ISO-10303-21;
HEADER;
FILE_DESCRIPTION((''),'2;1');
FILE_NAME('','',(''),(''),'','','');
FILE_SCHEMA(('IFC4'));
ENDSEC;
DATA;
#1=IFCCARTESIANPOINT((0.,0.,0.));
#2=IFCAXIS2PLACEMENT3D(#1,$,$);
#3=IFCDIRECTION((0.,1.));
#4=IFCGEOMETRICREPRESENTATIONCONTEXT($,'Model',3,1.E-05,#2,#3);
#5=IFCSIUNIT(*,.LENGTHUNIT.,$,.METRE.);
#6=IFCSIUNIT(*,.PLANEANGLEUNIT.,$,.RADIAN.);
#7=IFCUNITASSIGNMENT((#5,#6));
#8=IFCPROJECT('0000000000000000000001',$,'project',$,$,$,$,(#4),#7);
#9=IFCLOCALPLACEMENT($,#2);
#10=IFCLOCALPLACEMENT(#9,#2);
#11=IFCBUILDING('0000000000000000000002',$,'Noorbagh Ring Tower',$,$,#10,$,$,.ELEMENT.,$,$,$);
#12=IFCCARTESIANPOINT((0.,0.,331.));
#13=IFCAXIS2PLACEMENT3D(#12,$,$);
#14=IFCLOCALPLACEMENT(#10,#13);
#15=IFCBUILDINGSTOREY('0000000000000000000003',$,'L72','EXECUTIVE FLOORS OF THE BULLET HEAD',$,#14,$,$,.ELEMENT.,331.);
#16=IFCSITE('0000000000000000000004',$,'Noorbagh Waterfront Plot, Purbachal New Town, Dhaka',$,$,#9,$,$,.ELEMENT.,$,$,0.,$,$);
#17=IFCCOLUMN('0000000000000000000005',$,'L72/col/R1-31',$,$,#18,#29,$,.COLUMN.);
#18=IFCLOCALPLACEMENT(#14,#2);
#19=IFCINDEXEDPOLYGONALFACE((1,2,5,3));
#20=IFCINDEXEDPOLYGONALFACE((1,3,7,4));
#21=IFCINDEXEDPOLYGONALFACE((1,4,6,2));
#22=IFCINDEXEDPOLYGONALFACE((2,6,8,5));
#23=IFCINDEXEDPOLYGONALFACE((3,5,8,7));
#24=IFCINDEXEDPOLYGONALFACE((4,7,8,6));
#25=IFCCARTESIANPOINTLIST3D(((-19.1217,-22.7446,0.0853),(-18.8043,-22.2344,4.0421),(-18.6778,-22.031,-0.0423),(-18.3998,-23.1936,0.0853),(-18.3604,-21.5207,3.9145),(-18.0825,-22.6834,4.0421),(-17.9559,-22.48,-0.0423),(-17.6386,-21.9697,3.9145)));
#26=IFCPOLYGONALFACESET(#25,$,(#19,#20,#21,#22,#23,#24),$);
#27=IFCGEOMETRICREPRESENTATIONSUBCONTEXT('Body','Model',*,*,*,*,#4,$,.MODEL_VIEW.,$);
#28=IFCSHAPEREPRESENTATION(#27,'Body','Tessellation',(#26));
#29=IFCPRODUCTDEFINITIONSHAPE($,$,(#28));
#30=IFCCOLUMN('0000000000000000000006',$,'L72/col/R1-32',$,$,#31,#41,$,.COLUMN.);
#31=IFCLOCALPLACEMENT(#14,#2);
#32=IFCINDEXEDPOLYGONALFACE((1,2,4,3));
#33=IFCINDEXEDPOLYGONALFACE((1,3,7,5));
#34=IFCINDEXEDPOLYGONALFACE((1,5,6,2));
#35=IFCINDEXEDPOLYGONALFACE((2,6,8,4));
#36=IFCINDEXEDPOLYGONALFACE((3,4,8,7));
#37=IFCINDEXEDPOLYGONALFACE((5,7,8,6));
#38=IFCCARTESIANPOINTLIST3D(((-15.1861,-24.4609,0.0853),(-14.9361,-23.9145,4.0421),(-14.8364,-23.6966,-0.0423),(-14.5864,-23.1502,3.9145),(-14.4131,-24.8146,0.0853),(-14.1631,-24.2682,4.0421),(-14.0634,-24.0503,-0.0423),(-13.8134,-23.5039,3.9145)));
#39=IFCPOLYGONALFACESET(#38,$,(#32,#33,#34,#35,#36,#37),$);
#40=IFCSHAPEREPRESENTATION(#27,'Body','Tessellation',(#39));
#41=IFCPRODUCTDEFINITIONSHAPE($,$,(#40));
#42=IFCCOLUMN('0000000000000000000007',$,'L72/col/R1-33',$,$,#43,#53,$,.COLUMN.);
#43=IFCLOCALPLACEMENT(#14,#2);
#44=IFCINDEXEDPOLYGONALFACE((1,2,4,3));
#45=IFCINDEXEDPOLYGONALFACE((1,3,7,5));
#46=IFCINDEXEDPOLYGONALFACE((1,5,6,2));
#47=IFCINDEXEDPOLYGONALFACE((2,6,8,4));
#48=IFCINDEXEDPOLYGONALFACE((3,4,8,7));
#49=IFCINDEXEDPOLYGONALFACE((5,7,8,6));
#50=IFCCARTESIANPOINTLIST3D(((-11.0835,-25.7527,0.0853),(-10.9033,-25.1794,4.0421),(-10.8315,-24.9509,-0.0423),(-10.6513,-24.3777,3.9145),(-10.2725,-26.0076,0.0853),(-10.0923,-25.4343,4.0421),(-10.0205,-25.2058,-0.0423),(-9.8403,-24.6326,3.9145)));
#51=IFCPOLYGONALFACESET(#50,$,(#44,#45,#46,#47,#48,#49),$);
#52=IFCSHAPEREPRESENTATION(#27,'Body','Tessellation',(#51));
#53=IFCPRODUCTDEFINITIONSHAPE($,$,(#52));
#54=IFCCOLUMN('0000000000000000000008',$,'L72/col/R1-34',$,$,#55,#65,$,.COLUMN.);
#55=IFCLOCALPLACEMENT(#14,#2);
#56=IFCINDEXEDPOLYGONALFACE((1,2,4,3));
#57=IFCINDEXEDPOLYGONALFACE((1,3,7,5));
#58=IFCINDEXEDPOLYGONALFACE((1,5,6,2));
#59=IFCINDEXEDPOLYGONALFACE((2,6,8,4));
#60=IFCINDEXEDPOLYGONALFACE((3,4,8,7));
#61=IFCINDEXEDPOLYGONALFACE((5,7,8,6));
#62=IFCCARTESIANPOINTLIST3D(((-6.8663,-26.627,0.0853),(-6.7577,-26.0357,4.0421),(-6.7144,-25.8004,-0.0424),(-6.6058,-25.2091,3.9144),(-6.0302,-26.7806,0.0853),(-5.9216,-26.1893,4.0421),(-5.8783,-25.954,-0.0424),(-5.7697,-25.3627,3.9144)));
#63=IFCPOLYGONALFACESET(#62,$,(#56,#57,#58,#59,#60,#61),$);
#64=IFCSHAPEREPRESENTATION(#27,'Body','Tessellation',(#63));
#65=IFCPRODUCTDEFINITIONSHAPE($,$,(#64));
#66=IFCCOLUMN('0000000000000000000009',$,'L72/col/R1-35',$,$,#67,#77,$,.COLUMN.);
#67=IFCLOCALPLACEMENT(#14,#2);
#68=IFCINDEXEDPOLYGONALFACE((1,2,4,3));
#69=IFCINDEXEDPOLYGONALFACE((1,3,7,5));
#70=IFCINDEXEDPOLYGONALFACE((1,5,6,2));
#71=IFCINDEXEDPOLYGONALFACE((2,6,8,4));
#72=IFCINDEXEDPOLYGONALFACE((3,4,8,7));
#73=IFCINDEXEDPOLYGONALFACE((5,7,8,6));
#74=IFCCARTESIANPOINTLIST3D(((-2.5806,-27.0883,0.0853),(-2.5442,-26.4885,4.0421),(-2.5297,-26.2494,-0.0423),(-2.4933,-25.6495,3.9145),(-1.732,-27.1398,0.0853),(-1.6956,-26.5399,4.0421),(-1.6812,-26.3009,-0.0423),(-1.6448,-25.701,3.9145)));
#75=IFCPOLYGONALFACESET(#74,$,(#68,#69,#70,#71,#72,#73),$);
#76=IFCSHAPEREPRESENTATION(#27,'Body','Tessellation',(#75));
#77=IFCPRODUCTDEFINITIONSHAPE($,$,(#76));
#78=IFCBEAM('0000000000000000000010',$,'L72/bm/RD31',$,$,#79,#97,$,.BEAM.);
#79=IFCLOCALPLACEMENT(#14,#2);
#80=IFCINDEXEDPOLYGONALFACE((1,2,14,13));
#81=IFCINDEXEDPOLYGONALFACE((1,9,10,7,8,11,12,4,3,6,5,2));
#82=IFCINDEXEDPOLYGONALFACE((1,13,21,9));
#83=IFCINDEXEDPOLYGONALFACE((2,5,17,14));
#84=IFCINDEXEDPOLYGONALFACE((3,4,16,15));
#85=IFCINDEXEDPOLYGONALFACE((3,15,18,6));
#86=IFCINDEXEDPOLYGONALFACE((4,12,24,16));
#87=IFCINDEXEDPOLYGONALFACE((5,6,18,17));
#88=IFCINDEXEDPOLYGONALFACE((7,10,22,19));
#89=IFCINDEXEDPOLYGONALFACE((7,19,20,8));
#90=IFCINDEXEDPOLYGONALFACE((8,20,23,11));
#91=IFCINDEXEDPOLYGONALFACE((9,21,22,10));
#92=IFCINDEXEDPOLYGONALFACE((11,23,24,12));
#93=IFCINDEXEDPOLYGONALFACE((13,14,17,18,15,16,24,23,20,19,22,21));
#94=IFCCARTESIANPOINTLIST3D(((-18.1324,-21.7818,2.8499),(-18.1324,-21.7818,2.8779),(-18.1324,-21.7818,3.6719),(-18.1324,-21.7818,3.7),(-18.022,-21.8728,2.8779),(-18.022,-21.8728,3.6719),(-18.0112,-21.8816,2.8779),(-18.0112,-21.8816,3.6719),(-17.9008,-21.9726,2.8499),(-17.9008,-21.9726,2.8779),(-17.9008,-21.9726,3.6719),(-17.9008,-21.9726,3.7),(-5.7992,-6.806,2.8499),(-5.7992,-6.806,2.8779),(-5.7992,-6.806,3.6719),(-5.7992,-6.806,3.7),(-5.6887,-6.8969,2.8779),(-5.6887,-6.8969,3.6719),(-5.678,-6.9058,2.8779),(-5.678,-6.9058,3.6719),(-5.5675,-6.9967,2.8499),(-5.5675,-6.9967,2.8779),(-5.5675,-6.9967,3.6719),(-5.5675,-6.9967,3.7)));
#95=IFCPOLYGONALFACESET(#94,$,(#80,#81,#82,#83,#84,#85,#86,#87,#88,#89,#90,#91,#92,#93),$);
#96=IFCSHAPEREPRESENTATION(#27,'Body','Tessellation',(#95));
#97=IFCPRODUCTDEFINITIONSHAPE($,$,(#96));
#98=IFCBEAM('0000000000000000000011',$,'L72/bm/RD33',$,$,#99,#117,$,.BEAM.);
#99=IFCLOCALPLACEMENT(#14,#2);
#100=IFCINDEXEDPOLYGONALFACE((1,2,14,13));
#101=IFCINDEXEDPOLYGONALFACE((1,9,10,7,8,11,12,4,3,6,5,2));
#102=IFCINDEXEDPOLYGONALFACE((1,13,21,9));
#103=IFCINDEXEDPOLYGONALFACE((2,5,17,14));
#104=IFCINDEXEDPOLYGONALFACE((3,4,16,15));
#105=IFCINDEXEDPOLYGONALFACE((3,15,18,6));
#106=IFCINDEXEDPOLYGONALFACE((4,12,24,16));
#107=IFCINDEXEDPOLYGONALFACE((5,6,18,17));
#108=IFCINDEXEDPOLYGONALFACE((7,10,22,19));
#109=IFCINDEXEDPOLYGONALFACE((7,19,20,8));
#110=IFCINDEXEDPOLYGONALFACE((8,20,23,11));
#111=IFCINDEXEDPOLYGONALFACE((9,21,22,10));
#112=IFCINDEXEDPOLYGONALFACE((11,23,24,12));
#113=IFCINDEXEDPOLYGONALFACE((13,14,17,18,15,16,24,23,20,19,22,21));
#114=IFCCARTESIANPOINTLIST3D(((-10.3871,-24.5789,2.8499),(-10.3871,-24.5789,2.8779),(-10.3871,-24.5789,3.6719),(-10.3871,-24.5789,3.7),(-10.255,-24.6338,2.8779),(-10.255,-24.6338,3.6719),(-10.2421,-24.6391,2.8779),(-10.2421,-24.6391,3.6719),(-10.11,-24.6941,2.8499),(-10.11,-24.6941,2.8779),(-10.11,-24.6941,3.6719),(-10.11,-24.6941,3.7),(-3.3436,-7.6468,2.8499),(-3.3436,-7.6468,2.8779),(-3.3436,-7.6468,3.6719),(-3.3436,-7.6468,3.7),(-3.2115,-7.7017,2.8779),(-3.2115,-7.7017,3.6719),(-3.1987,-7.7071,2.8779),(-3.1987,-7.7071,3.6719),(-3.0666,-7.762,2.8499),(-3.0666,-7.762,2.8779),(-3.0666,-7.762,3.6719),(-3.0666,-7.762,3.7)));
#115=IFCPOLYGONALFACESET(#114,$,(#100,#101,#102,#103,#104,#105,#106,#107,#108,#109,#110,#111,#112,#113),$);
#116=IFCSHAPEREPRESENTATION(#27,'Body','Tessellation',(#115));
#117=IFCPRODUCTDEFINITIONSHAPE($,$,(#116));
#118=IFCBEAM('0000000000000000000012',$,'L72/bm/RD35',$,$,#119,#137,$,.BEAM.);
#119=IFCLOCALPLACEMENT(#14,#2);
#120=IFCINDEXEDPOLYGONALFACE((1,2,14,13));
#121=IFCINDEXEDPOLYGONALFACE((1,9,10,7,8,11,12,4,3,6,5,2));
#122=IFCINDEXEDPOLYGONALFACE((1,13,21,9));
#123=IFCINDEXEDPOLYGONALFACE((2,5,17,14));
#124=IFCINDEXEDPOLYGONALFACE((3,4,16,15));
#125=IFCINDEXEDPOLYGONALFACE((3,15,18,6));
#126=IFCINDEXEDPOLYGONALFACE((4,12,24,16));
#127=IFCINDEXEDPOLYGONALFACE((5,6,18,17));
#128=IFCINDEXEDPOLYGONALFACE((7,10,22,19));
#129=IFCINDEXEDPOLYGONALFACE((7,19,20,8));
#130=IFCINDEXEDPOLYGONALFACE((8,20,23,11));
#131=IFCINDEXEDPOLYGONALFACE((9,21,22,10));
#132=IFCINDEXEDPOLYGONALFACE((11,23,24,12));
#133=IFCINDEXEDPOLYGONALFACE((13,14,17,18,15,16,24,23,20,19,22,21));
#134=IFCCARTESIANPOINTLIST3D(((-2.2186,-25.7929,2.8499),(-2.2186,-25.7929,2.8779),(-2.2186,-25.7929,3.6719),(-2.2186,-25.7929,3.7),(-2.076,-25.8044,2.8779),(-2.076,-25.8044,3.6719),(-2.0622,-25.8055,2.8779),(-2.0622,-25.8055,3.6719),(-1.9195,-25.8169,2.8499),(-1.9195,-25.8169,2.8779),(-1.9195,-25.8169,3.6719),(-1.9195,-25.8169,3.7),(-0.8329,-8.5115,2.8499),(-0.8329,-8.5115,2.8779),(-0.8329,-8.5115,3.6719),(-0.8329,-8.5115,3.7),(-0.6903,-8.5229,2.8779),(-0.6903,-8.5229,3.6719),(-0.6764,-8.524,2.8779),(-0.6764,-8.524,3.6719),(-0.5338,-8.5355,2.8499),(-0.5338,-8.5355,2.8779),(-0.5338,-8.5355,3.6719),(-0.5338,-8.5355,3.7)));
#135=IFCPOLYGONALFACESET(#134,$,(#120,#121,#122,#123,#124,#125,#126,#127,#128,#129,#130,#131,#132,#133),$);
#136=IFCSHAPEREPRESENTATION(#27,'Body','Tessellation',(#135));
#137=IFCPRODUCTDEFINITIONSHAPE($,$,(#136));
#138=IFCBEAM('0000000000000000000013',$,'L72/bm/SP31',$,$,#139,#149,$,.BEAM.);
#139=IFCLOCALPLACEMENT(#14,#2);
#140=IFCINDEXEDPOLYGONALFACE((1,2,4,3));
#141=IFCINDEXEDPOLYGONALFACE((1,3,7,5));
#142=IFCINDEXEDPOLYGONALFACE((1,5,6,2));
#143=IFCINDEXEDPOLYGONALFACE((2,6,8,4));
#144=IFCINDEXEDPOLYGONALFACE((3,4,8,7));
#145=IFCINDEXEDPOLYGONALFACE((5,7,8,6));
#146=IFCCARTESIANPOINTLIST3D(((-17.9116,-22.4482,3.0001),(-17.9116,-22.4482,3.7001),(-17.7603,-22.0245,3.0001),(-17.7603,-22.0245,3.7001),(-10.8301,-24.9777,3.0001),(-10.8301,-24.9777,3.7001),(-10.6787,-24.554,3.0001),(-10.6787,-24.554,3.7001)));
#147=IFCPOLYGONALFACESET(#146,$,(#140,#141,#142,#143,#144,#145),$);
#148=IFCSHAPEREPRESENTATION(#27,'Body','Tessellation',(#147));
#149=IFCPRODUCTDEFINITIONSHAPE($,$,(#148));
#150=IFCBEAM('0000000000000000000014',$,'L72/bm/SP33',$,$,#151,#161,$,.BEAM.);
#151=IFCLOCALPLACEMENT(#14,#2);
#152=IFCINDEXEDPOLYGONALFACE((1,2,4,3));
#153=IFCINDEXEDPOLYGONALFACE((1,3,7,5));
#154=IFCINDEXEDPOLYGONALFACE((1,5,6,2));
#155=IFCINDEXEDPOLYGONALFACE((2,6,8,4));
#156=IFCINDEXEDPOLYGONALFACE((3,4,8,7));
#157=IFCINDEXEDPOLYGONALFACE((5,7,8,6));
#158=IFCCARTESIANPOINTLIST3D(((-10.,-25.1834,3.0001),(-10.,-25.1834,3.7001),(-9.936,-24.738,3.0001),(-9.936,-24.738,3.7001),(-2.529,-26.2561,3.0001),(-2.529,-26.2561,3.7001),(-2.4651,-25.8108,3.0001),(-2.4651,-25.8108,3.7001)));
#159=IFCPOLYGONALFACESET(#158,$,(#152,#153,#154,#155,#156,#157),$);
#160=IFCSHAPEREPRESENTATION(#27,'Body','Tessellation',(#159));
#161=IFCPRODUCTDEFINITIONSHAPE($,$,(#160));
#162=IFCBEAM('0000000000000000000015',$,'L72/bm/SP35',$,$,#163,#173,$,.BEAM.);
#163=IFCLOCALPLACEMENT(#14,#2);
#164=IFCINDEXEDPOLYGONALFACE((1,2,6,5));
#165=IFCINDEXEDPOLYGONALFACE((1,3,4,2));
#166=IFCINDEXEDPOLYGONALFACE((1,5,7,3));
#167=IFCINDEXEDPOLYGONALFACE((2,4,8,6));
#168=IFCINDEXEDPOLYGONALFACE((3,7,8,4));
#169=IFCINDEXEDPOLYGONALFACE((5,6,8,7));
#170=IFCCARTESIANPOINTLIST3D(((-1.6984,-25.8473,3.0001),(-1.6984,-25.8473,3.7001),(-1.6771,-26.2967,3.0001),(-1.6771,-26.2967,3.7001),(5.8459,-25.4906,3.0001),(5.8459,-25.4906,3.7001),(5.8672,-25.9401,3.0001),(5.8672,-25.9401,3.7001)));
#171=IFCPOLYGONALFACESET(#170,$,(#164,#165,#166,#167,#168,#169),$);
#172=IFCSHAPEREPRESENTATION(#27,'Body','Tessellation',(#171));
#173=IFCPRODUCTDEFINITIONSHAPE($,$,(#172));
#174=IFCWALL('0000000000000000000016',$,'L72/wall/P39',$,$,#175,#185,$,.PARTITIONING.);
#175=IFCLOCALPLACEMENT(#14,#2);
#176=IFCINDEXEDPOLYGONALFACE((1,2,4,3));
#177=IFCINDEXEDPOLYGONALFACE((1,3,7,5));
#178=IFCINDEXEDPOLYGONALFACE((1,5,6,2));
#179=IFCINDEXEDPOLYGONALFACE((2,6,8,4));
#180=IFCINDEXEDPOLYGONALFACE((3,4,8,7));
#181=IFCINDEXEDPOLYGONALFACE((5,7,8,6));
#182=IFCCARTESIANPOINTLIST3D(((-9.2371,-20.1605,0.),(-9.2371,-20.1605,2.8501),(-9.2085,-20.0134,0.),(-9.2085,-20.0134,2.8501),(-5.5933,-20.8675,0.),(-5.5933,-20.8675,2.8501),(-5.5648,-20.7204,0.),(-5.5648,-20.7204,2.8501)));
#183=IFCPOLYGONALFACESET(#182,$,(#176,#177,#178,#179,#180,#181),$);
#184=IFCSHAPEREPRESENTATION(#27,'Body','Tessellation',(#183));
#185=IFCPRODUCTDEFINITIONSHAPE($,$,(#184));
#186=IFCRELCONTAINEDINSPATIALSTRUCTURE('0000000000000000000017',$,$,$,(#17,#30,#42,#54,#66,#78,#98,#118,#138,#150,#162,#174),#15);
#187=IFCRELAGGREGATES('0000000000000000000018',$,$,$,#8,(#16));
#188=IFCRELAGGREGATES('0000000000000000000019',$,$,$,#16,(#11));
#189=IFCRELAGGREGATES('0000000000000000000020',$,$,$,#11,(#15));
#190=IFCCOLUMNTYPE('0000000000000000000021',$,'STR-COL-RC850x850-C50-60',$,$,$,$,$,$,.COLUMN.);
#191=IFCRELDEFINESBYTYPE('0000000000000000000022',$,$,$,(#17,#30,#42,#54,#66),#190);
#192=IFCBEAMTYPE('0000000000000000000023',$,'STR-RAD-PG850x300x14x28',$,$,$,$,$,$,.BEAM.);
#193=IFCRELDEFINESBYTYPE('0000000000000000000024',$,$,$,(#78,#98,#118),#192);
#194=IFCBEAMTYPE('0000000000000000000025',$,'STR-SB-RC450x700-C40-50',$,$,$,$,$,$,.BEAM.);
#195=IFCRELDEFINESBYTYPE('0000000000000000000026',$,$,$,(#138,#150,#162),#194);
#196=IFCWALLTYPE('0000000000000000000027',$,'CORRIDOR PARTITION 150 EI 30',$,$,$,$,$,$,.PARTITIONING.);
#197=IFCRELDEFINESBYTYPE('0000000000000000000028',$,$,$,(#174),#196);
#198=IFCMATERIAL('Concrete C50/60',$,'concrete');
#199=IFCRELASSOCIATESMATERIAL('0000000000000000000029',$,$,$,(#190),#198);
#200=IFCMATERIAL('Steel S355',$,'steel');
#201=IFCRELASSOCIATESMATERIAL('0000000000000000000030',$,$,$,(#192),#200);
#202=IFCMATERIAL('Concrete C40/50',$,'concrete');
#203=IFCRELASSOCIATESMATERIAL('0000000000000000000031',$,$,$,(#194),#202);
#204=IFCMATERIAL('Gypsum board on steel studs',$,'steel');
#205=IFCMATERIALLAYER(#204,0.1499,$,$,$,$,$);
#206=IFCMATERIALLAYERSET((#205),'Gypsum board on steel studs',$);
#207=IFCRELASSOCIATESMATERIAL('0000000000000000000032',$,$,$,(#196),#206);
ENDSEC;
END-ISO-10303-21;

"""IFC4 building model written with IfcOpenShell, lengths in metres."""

from ifc_helpers import new_model, si_unit, direction, frame, frame_2d, origin, origin_2d, place, context, subcontext, project, spatial, rectangle, i_section, extrude, material, layer, layer_set, material_profile, profile_set, type_object, element, save


model = new_model("IFC4")

# Units and contexts
model_context = context("Model", 3, precision=1e-05, world=origin(), true_north=direction((0.0, 1.0)))
body_context = subcontext(model_context, "Body", "Model", "MODEL_VIEW")
ifc_project = project(units=[si_unit("LENGTHUNIT", "METRE"), si_unit("PLANEANGLEUNIT", "RADIAN")], contexts=[model_context])

# Site, building, storey
site_placement = place(None, origin())
site = spatial("IfcSite", under=ifc_project, at=site_placement, Name="Noorbagh Waterfront Plot, Purbachal New Town, Dhaka", CompositionType="ELEMENT", RefElevation=0.0)
building_placement = place(site_placement, origin())
building = spatial("IfcBuilding", under=site, at=building_placement, Name="Noorbagh Ring Tower", CompositionType="ELEMENT")
storey_placement = place(building_placement, frame((0.0, 0.0, 331.0)))
storey = spatial("IfcBuildingStorey", under=building, at=storey_placement, Name="L72", Description="EXECUTIVE FLOORS OF THE BULLET HEAD", CompositionType="ELEMENT", Elevation=331.0)

# Columns
ifc_material_1 = material(Name="Concrete C50/60", Category="concrete")
ifc_material_profile_1 = material_profile(ifc_material_1, rectangle(XDim=0.8501, YDim=0.8501, at=origin_2d()), Name="RC850x850")
ifc_profile_set_1 = profile_set([ifc_material_profile_1], Name="Concrete C50/60")
column_type = type_object("IfcColumnType", Name="STR-COL-RC850x850-C50-60", PredefinedType="COLUMN", material=ifc_profile_set_1)
for number, where, z_axis, x_axis, name in (
    (1, (-18.5388, -22.6123, 0.0215), (0.079303, 0.127495, 0.988664), (-0.849138, 0.528172, 0.0), "L72/col/R1-31"),
    (2, (-14.6248, -24.2556, 0.0215), (0.062466, 0.136523, 0.988665), (-0.909334, 0.416067, 0.0), "L72/col/R1-32"),
    (3, (-10.552, -25.4792, 0.0215), (0.04502, 0.143233, 0.988664), (-0.953987, 0.299848, 0.0), "L72/col/R1-33"),
    (4, (-6.3723, -26.2905, 0.0215), (0.027146, 0.147746, 0.988653), (-0.983537, 0.180708, 0.0), "L72/col/R1-34"),
    (5, (-2.1309, -26.6946, 0.0215), (0.009089, 0.149882, 0.988662), (-0.998166, 0.060532, 0.0), "L72/col/R1-35"),
):
    element("IfcColumn", number, at=place(storey_placement, frame(where, z_axis=z_axis, x_axis=x_axis)), inside=storey, type_object=column_type, Name=name, PredefinedType="COLUMN", context=body_context, shape_type="SweptSolid", body=[
        extrude(rectangle(XDim=0.8501, YDim=0.8501, at=origin_2d()), origin(), (0.0, 0.0, 1.0), 4.0022),
    ])

# Beams
ifc_material_2 = material(Name="Steel S355", Category="steel")
ifc_material_profile_2 = material_profile(ifc_material_2, i_section(OverallWidth=0.3, OverallDepth=0.8501, WebThickness=0.0139, FlangeThickness=0.0281, at=origin_2d()), Name="PG850x300x14x28")
ifc_profile_set_2 = profile_set([ifc_material_profile_2], Name="Steel S355")
beam_type_1 = type_object("IfcBeamType", Name="STR-RAD-PG850x300x14x28", PredefinedType="BEAM", material=ifc_profile_set_2)
beam_1_placement = place(storey_placement, frame((-18.0166, -21.8772, 3.2749), z_axis=(0.635714, 0.771925, 0.0), x_axis=(-0.771925, 0.635714, 0.0)))
element("IfcBeam", 6, at=beam_1_placement, inside=storey, type_object=beam_type_1, Name="L72/bm/RD31", PredefinedType="BEAM", context=body_context, shape_type="SweptSolid", body=[
    extrude(i_section(OverallWidth=0.3, OverallDepth=0.8501, WebThickness=0.0139, FlangeThickness=0.0281, at=origin_2d()), origin(), (0.0, 0.0, 1.0), 19.4006),
])
beam_2_placement = place(storey_placement, frame((-10.2485, -24.6365, 3.2749), z_axis=(0.384077, 0.923301, 0.0), x_axis=(-0.923301, 0.384077, 0.0)))
element("IfcBeam", 7, at=beam_2_placement, inside=storey, type_object=beam_type_1, Name="L72/bm/RD33", PredefinedType="BEAM", context=body_context, shape_type="SweptSolid", body=[
    extrude(i_section(OverallWidth=0.3, OverallDepth=0.8501, WebThickness=0.0139, FlangeThickness=0.0281, at=origin_2d()), origin(), (0.0, 0.0, 1.0), 18.3386),
])
beam_3_placement = place(storey_placement, frame((-2.0691, -25.8049, 3.2749), z_axis=(0.07993, 0.9968, 0.0), x_axis=(-0.9968, 0.07993, 0.0)))
element("IfcBeam", 8, at=beam_3_placement, inside=storey, type_object=beam_type_1, Name="L72/bm/RD35", PredefinedType="BEAM", context=body_context, shape_type="SweptSolid", body=[
    extrude(i_section(OverallWidth=0.3, OverallDepth=0.8501, WebThickness=0.0139, FlangeThickness=0.0281, at=origin_2d()), origin(), (0.0, 0.0, 1.0), 17.3369),
])
ifc_material_3 = material(Name="Concrete C40/50", Category="concrete")
ifc_material_profile_3 = material_profile(ifc_material_3, rectangle(XDim=0.45, YDim=0.7, at=origin_2d()), Name="RC450x700")
ifc_profile_set_3 = profile_set([ifc_material_profile_3], Name="Concrete C40/50")
beam_type_2 = type_object("IfcBeamType", Name="STR-SB-RC450x700-C40-50", PredefinedType="BEAM", material=ifc_profile_set_3)
beam_4_placement = place(storey_placement, frame((-17.8359, -22.2363, 3.3501), z_axis=(0.941724, -0.336386, 0.0), x_axis=(0.336386, 0.941724, 0.0)))
element("IfcBeam", 9, at=beam_4_placement, inside=storey, type_object=beam_type_2, Name="L72/bm/SP31", PredefinedType="BEAM", context=body_context, shape_type="SweptSolid", body=[
    extrude(rectangle(XDim=0.45, YDim=0.7, at=origin_2d()), origin(), (0.0, 0.0, 1.0), 7.5198),
])
beam_5_placement = place(storey_placement, frame((-9.968, -24.9607, 3.3501), z_axis=(0.989848, -0.142132, 0.0), x_axis=(0.142132, 0.989848, 0.0)))
element("IfcBeam", 10, at=beam_5_placement, inside=storey, type_object=beam_type_2, Name="L72/bm/SP33", PredefinedType="BEAM", context=body_context, shape_type="SweptSolid", body=[
    extrude(rectangle(XDim=0.45, YDim=0.7, at=origin_2d()), origin(), (0.0, 0.0, 1.0), 7.5476),
])
beam_6_placement = place(storey_placement, frame((-1.6877, -26.072, 3.3501), z_axis=(0.998884, 0.047227, 0.0), x_axis=(-0.047227, 0.998884, 0.0)))
element("IfcBeam", 11, at=beam_6_placement, inside=storey, type_object=beam_type_2, Name="L72/bm/SP35", PredefinedType="BEAM", context=body_context, shape_type="SweptSolid", body=[
    extrude(rectangle(XDim=0.45, YDim=0.7, at=origin_2d()), origin(), (0.0, 0.0, 1.0), 7.5527),
])

# Wall
ifc_material_4 = material(Name="Gypsum board on steel studs", Category="steel")
ifc_layer_1 = layer(ifc_material_4, 0.1499)
ifc_layer_set_1 = layer_set([ifc_layer_1], Name="Gypsum board on steel studs")
wall_type_1 = type_object("IfcWallType", Name="CORRIDOR PARTITION 150 EI 30", PredefinedType="PARTITIONING", material=ifc_layer_set_1)
wall_1_placement = place(storey_placement, frame((-9.2229, -20.0869, 0.0), z_axis=(0.0, 0.0, 1.0), x_axis=(0.98169, -0.190484, 0.0)))
element("IfcWall", 12, at=wall_1_placement, inside=storey, type_object=wall_type_1, Name="L72/wall/P39", PredefinedType="PARTITIONING", context=body_context, shape_type="SweptSolid", body=[
    extrude(rectangle(XDim=3.7117, YDim=0.1499, at=frame_2d((1.856, 0.0))), origin(), (0.0, 0.0, 1.0), 2.8501),
])

save(model, "model.ifc")
